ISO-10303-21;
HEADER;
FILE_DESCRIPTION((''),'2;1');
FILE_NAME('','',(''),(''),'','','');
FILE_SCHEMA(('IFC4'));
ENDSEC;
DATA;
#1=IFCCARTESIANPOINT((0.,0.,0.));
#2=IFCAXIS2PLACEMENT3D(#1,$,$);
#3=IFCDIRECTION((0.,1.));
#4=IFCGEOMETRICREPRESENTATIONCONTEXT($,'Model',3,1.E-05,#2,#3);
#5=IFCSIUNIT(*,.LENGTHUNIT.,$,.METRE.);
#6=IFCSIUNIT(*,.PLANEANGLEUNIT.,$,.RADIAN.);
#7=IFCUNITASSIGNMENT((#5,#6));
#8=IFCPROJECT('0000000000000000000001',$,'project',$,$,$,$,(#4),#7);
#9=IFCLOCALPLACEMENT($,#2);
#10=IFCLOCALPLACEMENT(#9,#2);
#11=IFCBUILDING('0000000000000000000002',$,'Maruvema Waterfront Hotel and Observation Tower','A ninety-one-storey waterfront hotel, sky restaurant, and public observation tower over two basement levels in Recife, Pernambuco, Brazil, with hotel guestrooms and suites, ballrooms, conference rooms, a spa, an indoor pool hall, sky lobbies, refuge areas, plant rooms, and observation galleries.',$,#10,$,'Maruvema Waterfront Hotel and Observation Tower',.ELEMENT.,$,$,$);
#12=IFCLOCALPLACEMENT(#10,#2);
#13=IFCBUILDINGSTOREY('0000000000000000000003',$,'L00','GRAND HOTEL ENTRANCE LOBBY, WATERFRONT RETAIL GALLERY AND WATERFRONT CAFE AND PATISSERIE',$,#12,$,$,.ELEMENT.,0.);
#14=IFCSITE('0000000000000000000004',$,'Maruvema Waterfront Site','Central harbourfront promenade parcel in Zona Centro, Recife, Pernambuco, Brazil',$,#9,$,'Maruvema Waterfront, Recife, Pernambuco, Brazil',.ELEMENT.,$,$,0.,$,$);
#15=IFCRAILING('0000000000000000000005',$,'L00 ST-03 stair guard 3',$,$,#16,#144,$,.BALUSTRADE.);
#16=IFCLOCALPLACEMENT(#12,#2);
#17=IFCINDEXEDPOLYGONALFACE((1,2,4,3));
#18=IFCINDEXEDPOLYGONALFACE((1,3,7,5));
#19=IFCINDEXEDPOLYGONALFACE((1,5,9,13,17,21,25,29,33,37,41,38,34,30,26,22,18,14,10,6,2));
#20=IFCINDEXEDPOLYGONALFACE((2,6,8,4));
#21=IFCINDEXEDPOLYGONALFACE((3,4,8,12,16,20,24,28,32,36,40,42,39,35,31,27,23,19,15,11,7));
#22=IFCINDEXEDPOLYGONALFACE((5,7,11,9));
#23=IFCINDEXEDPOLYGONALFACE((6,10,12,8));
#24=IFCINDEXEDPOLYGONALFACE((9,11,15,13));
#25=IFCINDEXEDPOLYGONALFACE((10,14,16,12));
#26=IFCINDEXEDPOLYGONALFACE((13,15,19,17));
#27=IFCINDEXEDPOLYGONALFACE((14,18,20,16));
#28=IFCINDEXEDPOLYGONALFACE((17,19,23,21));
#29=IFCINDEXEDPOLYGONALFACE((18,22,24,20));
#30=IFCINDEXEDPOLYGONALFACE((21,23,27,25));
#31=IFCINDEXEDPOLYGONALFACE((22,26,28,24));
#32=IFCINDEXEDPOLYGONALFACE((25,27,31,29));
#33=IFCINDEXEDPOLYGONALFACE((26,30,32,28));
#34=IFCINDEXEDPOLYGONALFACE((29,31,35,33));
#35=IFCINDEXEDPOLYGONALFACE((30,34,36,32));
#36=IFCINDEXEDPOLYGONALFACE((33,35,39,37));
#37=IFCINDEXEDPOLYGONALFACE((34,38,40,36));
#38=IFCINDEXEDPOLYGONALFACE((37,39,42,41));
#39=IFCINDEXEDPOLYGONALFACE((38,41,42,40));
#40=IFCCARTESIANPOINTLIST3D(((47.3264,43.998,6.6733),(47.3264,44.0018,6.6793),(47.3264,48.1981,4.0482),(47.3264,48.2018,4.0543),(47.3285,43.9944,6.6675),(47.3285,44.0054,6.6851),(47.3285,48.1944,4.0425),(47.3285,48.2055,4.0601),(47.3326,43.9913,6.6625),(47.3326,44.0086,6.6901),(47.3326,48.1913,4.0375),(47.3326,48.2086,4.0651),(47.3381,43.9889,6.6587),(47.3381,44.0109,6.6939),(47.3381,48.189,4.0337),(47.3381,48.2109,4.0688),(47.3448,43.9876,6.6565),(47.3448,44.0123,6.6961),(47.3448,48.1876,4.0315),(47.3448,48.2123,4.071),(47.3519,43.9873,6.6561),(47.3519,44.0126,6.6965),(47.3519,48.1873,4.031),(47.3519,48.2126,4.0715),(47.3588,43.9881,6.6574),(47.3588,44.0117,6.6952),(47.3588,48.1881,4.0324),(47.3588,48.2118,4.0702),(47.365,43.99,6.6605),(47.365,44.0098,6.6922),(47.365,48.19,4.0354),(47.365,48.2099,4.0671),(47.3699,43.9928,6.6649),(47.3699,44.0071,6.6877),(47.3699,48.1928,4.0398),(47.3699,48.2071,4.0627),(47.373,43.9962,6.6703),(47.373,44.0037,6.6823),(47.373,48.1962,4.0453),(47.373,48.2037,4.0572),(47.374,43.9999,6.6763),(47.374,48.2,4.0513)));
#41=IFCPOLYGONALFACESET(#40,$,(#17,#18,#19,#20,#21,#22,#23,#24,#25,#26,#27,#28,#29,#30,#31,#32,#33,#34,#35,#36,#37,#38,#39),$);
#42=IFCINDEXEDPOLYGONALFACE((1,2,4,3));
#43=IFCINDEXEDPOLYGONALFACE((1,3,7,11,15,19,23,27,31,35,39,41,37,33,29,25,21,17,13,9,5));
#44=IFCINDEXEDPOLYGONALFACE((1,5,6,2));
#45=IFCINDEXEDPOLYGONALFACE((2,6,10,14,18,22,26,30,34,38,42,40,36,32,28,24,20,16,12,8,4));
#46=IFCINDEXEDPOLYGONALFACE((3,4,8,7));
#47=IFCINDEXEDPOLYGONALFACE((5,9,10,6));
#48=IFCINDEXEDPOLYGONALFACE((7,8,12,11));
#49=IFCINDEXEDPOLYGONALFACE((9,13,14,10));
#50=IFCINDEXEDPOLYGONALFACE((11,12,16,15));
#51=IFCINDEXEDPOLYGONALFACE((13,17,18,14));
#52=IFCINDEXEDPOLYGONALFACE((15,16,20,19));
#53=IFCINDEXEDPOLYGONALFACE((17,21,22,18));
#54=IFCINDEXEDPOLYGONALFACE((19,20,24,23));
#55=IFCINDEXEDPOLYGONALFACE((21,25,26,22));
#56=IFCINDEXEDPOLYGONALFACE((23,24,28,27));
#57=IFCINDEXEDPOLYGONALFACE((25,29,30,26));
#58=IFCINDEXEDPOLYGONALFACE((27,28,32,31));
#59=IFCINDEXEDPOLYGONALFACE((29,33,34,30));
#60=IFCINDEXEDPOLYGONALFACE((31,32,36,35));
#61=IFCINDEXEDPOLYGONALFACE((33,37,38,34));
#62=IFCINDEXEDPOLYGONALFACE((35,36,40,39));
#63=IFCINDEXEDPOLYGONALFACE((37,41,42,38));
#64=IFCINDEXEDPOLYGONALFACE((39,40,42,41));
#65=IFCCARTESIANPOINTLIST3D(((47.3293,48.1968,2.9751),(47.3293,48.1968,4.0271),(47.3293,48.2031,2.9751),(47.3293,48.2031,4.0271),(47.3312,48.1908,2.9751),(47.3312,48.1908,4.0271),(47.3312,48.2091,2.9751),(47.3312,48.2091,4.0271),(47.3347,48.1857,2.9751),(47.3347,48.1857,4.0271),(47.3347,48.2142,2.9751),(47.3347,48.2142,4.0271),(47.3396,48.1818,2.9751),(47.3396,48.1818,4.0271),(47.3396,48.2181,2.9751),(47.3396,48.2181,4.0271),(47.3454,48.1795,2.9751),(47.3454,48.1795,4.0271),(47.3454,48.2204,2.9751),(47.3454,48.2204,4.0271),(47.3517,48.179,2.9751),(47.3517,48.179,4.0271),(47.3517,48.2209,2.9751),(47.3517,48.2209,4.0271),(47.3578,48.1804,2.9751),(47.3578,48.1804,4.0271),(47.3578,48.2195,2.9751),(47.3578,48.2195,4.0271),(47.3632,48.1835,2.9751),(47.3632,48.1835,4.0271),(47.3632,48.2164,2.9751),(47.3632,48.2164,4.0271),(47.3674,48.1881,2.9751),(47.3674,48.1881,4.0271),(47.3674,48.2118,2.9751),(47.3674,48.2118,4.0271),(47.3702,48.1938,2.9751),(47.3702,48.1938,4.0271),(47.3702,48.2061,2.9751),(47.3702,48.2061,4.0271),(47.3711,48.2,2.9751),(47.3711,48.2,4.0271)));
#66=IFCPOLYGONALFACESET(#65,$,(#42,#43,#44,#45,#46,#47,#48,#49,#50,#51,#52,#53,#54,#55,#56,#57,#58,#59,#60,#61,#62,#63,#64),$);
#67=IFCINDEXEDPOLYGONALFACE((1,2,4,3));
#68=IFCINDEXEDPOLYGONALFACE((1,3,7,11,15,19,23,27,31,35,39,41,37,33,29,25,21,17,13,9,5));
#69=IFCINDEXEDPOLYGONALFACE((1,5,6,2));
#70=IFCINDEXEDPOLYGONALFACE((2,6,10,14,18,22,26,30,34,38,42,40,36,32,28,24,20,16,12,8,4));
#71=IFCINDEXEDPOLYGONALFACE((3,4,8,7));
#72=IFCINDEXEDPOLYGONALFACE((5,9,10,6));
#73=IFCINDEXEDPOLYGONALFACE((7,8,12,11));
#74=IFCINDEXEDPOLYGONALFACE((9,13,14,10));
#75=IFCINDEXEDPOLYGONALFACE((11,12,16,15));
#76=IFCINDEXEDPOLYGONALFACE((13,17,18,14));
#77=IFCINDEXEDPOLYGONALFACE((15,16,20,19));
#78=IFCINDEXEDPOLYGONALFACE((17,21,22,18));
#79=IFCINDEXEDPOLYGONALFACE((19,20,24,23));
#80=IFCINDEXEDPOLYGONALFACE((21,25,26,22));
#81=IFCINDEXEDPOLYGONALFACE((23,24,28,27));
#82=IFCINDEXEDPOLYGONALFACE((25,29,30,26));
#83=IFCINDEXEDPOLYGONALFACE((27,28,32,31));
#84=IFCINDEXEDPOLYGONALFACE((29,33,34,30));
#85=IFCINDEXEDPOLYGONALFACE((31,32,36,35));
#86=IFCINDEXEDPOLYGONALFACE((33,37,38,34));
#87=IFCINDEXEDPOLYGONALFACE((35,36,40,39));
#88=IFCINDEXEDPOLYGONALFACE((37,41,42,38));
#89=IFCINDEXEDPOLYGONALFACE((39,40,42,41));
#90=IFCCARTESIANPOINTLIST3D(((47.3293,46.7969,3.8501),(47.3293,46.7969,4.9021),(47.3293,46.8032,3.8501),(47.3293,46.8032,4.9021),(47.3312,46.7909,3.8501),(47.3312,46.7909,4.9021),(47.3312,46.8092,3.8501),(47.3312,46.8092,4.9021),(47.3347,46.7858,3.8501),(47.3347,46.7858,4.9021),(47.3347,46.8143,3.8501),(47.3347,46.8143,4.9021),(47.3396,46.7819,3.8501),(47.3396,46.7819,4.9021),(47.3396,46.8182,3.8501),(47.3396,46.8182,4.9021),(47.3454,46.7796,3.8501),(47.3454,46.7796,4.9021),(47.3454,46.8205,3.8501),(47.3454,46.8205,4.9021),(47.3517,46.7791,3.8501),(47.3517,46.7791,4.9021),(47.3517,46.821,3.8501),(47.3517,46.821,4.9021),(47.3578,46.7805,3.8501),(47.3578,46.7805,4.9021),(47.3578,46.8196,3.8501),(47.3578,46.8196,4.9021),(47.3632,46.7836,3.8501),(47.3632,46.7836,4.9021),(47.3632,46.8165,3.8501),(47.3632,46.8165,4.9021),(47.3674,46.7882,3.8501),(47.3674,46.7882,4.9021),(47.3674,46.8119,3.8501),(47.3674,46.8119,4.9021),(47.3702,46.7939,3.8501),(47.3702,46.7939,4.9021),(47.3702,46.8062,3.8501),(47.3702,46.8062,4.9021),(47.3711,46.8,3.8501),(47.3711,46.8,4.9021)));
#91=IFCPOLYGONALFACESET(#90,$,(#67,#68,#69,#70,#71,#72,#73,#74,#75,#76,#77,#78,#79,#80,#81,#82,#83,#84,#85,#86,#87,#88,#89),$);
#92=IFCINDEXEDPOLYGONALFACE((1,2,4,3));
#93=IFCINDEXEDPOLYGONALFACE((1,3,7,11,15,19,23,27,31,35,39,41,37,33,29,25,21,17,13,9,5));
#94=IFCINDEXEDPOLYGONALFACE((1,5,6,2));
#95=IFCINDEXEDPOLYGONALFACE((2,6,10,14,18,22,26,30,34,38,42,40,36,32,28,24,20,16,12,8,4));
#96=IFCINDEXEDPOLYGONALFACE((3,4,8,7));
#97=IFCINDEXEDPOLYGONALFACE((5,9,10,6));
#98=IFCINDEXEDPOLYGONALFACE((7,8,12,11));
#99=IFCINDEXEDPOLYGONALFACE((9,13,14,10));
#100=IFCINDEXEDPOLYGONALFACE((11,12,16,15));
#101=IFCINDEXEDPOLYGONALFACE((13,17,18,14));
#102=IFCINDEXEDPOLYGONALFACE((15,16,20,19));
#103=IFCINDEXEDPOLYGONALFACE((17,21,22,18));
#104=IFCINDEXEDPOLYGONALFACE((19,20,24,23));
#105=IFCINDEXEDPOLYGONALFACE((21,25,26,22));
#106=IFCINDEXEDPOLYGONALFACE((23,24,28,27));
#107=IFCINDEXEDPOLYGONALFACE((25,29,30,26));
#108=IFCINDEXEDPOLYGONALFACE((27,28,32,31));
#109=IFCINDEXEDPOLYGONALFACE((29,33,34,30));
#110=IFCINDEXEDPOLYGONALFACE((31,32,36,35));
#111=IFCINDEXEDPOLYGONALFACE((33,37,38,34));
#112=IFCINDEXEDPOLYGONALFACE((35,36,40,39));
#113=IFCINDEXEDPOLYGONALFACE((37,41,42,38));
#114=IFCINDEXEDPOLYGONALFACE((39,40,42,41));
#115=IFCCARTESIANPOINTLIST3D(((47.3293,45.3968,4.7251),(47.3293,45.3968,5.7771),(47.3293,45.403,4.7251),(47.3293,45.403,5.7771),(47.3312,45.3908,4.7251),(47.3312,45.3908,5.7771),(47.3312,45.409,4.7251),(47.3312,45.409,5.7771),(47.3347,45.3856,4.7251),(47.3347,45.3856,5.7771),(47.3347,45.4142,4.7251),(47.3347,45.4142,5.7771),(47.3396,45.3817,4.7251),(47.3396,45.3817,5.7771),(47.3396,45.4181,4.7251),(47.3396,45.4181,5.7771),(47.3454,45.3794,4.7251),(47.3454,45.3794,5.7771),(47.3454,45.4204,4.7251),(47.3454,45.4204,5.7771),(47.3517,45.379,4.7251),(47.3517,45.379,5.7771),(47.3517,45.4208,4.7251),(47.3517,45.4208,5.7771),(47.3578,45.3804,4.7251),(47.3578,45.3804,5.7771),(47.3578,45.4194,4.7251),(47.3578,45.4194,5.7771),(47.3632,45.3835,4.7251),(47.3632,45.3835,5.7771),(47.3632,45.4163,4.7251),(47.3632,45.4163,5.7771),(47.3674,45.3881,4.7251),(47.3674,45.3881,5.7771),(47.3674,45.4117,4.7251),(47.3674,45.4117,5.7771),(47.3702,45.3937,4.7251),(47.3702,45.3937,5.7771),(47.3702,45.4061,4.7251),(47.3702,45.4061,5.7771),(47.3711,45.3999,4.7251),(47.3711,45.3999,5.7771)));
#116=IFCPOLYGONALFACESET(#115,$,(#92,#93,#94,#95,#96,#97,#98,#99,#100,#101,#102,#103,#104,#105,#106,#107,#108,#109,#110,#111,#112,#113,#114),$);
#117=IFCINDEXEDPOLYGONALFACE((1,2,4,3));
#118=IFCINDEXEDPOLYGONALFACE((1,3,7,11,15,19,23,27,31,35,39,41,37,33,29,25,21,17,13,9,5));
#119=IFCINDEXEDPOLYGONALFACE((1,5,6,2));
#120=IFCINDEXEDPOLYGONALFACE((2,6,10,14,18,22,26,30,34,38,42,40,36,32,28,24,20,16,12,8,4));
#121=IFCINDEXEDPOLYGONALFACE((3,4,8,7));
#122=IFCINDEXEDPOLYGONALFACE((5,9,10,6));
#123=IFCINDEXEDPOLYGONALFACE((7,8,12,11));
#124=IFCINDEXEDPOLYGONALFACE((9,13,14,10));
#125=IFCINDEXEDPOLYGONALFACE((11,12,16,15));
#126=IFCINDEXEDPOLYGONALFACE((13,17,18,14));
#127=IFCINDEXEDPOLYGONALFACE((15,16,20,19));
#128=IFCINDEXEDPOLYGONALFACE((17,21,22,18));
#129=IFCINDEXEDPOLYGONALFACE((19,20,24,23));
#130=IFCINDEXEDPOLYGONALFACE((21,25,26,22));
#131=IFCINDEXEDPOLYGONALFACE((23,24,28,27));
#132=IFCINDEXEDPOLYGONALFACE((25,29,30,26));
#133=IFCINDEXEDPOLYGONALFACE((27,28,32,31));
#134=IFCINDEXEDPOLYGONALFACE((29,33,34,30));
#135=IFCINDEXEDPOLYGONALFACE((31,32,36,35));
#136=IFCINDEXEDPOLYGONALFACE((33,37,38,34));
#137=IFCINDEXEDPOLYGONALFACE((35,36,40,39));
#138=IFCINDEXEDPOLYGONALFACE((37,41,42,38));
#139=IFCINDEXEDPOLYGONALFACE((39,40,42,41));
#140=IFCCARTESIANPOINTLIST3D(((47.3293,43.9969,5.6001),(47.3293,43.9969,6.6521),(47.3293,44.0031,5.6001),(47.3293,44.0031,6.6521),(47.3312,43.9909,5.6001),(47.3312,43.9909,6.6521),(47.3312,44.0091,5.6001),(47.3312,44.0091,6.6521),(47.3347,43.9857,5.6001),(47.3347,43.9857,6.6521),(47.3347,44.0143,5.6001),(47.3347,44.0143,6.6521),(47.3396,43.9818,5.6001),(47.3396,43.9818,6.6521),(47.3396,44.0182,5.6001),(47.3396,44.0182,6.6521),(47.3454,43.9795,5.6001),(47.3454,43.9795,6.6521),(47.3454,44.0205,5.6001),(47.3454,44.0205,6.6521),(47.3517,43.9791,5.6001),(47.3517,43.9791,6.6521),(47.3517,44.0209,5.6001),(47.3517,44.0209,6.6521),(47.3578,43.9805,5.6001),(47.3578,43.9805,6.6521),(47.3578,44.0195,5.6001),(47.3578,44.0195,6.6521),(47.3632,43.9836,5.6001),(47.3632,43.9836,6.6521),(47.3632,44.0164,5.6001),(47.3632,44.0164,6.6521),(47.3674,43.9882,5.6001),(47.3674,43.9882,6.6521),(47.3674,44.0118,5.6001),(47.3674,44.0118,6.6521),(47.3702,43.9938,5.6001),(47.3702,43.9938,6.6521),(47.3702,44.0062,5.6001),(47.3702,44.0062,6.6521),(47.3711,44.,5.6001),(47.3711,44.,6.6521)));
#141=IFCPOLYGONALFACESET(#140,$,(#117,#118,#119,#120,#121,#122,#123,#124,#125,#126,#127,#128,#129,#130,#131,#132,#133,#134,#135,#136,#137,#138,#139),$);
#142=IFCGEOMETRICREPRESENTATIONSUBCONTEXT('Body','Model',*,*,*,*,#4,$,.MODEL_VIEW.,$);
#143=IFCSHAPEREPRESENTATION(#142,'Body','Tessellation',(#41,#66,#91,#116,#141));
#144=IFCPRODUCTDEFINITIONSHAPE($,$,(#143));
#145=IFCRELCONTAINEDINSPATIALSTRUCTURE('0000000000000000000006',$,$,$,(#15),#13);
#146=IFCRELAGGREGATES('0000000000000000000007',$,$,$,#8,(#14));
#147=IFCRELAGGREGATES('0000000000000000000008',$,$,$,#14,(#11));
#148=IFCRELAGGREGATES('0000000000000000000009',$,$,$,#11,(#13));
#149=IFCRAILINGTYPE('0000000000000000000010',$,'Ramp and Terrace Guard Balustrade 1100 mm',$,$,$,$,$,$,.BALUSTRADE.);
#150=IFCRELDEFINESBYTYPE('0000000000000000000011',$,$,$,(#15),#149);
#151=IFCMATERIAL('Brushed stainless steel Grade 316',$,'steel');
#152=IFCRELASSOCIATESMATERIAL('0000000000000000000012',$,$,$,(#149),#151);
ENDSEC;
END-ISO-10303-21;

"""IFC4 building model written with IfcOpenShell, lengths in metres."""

from ifc_helpers import new_model, si_unit, direction, frame, origin, origin_2d, place, context, subcontext, project, spatial, circle, extrude, material, type_object, element, save


model = new_model("IFC4")

# Units and contexts
model_context = context("Model", 3, precision=1e-05, world=origin(), true_north=direction((0.0, 1.0)))
body_context = subcontext(model_context, "Body", "Model", "MODEL_VIEW")
ifc_project = project(units=[si_unit("LENGTHUNIT", "METRE"), si_unit("PLANEANGLEUNIT", "RADIAN")], contexts=[model_context])

# Site, building, storey
site_placement = place(None, origin())
site = spatial("IfcSite", under=ifc_project, at=site_placement, Name="Maruvema Waterfront Site", Description="Central harbourfront promenade parcel in Zona Centro, Recife, Pernambuco, Brazil", LongName="Maruvema Waterfront, Recife, Pernambuco, Brazil", CompositionType="ELEMENT", RefElevation=0.0)
building_placement = place(site_placement, origin())
building = spatial("IfcBuilding", under=site, at=building_placement, Name="Maruvema Waterfront Hotel and Observation Tower", Description="A ninety-one-storey waterfront hotel, sky restaurant, and public observation tower over two basement levels in Recife, Pernambuco, Brazil, with hotel guestrooms and suites, ballrooms, conference rooms, a spa, an indoor pool hall, sky lobbies, refuge areas, plant rooms, and observation galleries.", LongName="Maruvema Waterfront Hotel and Observation Tower", CompositionType="ELEMENT")
storey_placement = place(building_placement, origin())
storey = spatial("IfcBuildingStorey", under=building, at=storey_placement, Name="L00", Description="GRAND HOTEL ENTRANCE LOBBY, WATERFRONT RETAIL GALLERY AND WATERFRONT CAFE AND PATISSERIE", CompositionType="ELEMENT", Elevation=0.0)

# Railing
ifc_material_1 = material(Name="Brushed stainless steel Grade 316", Category="steel")
railing_type_1 = type_object("IfcRailingType", Name="Ramp and Terrace Guard Balustrade 1100 mm", PredefinedType="BALUSTRADE", material=ifc_material_1)
railing_1_placement = place(storey_placement, frame((47.3501, 48.2, 2.9751)))
element("IfcRailing", 1, at=railing_1_placement, inside=storey, type_object=railing_type_1, Name="L00 ST-03 stair guard 3", PredefinedType="BALUSTRADE", context=body_context, shape_type="SweptSolid", body=[
    extrude(circle(Radius=0.0239, at=origin_2d()), frame((0.0, 0.0, 1.0762), z_axis=(0.0, -0.847996, 0.530003), x_axis=(1.0, 0.0, 0.0)), (0.0, 0.0, 1.0), 4.9529),
    extrude(circle(Radius=0.021, at=origin_2d()), origin(), (0.0, 0.0, 1.0), 1.052),
    extrude(circle(Radius=0.021, at=origin_2d()), frame((0.0, -1.3999, 0.875)), (0.0, 0.0, 1.0), 1.052),
    extrude(circle(Radius=0.021, at=origin_2d()), frame((0.0, -2.8, 1.75)), (0.0, 0.0, 1.0), 1.052),
    extrude(circle(Radius=0.021, at=origin_2d()), frame((0.0, -4.2, 2.625)), (0.0, 0.0, 1.0), 1.052),
])

save(model, "model.ifc")
